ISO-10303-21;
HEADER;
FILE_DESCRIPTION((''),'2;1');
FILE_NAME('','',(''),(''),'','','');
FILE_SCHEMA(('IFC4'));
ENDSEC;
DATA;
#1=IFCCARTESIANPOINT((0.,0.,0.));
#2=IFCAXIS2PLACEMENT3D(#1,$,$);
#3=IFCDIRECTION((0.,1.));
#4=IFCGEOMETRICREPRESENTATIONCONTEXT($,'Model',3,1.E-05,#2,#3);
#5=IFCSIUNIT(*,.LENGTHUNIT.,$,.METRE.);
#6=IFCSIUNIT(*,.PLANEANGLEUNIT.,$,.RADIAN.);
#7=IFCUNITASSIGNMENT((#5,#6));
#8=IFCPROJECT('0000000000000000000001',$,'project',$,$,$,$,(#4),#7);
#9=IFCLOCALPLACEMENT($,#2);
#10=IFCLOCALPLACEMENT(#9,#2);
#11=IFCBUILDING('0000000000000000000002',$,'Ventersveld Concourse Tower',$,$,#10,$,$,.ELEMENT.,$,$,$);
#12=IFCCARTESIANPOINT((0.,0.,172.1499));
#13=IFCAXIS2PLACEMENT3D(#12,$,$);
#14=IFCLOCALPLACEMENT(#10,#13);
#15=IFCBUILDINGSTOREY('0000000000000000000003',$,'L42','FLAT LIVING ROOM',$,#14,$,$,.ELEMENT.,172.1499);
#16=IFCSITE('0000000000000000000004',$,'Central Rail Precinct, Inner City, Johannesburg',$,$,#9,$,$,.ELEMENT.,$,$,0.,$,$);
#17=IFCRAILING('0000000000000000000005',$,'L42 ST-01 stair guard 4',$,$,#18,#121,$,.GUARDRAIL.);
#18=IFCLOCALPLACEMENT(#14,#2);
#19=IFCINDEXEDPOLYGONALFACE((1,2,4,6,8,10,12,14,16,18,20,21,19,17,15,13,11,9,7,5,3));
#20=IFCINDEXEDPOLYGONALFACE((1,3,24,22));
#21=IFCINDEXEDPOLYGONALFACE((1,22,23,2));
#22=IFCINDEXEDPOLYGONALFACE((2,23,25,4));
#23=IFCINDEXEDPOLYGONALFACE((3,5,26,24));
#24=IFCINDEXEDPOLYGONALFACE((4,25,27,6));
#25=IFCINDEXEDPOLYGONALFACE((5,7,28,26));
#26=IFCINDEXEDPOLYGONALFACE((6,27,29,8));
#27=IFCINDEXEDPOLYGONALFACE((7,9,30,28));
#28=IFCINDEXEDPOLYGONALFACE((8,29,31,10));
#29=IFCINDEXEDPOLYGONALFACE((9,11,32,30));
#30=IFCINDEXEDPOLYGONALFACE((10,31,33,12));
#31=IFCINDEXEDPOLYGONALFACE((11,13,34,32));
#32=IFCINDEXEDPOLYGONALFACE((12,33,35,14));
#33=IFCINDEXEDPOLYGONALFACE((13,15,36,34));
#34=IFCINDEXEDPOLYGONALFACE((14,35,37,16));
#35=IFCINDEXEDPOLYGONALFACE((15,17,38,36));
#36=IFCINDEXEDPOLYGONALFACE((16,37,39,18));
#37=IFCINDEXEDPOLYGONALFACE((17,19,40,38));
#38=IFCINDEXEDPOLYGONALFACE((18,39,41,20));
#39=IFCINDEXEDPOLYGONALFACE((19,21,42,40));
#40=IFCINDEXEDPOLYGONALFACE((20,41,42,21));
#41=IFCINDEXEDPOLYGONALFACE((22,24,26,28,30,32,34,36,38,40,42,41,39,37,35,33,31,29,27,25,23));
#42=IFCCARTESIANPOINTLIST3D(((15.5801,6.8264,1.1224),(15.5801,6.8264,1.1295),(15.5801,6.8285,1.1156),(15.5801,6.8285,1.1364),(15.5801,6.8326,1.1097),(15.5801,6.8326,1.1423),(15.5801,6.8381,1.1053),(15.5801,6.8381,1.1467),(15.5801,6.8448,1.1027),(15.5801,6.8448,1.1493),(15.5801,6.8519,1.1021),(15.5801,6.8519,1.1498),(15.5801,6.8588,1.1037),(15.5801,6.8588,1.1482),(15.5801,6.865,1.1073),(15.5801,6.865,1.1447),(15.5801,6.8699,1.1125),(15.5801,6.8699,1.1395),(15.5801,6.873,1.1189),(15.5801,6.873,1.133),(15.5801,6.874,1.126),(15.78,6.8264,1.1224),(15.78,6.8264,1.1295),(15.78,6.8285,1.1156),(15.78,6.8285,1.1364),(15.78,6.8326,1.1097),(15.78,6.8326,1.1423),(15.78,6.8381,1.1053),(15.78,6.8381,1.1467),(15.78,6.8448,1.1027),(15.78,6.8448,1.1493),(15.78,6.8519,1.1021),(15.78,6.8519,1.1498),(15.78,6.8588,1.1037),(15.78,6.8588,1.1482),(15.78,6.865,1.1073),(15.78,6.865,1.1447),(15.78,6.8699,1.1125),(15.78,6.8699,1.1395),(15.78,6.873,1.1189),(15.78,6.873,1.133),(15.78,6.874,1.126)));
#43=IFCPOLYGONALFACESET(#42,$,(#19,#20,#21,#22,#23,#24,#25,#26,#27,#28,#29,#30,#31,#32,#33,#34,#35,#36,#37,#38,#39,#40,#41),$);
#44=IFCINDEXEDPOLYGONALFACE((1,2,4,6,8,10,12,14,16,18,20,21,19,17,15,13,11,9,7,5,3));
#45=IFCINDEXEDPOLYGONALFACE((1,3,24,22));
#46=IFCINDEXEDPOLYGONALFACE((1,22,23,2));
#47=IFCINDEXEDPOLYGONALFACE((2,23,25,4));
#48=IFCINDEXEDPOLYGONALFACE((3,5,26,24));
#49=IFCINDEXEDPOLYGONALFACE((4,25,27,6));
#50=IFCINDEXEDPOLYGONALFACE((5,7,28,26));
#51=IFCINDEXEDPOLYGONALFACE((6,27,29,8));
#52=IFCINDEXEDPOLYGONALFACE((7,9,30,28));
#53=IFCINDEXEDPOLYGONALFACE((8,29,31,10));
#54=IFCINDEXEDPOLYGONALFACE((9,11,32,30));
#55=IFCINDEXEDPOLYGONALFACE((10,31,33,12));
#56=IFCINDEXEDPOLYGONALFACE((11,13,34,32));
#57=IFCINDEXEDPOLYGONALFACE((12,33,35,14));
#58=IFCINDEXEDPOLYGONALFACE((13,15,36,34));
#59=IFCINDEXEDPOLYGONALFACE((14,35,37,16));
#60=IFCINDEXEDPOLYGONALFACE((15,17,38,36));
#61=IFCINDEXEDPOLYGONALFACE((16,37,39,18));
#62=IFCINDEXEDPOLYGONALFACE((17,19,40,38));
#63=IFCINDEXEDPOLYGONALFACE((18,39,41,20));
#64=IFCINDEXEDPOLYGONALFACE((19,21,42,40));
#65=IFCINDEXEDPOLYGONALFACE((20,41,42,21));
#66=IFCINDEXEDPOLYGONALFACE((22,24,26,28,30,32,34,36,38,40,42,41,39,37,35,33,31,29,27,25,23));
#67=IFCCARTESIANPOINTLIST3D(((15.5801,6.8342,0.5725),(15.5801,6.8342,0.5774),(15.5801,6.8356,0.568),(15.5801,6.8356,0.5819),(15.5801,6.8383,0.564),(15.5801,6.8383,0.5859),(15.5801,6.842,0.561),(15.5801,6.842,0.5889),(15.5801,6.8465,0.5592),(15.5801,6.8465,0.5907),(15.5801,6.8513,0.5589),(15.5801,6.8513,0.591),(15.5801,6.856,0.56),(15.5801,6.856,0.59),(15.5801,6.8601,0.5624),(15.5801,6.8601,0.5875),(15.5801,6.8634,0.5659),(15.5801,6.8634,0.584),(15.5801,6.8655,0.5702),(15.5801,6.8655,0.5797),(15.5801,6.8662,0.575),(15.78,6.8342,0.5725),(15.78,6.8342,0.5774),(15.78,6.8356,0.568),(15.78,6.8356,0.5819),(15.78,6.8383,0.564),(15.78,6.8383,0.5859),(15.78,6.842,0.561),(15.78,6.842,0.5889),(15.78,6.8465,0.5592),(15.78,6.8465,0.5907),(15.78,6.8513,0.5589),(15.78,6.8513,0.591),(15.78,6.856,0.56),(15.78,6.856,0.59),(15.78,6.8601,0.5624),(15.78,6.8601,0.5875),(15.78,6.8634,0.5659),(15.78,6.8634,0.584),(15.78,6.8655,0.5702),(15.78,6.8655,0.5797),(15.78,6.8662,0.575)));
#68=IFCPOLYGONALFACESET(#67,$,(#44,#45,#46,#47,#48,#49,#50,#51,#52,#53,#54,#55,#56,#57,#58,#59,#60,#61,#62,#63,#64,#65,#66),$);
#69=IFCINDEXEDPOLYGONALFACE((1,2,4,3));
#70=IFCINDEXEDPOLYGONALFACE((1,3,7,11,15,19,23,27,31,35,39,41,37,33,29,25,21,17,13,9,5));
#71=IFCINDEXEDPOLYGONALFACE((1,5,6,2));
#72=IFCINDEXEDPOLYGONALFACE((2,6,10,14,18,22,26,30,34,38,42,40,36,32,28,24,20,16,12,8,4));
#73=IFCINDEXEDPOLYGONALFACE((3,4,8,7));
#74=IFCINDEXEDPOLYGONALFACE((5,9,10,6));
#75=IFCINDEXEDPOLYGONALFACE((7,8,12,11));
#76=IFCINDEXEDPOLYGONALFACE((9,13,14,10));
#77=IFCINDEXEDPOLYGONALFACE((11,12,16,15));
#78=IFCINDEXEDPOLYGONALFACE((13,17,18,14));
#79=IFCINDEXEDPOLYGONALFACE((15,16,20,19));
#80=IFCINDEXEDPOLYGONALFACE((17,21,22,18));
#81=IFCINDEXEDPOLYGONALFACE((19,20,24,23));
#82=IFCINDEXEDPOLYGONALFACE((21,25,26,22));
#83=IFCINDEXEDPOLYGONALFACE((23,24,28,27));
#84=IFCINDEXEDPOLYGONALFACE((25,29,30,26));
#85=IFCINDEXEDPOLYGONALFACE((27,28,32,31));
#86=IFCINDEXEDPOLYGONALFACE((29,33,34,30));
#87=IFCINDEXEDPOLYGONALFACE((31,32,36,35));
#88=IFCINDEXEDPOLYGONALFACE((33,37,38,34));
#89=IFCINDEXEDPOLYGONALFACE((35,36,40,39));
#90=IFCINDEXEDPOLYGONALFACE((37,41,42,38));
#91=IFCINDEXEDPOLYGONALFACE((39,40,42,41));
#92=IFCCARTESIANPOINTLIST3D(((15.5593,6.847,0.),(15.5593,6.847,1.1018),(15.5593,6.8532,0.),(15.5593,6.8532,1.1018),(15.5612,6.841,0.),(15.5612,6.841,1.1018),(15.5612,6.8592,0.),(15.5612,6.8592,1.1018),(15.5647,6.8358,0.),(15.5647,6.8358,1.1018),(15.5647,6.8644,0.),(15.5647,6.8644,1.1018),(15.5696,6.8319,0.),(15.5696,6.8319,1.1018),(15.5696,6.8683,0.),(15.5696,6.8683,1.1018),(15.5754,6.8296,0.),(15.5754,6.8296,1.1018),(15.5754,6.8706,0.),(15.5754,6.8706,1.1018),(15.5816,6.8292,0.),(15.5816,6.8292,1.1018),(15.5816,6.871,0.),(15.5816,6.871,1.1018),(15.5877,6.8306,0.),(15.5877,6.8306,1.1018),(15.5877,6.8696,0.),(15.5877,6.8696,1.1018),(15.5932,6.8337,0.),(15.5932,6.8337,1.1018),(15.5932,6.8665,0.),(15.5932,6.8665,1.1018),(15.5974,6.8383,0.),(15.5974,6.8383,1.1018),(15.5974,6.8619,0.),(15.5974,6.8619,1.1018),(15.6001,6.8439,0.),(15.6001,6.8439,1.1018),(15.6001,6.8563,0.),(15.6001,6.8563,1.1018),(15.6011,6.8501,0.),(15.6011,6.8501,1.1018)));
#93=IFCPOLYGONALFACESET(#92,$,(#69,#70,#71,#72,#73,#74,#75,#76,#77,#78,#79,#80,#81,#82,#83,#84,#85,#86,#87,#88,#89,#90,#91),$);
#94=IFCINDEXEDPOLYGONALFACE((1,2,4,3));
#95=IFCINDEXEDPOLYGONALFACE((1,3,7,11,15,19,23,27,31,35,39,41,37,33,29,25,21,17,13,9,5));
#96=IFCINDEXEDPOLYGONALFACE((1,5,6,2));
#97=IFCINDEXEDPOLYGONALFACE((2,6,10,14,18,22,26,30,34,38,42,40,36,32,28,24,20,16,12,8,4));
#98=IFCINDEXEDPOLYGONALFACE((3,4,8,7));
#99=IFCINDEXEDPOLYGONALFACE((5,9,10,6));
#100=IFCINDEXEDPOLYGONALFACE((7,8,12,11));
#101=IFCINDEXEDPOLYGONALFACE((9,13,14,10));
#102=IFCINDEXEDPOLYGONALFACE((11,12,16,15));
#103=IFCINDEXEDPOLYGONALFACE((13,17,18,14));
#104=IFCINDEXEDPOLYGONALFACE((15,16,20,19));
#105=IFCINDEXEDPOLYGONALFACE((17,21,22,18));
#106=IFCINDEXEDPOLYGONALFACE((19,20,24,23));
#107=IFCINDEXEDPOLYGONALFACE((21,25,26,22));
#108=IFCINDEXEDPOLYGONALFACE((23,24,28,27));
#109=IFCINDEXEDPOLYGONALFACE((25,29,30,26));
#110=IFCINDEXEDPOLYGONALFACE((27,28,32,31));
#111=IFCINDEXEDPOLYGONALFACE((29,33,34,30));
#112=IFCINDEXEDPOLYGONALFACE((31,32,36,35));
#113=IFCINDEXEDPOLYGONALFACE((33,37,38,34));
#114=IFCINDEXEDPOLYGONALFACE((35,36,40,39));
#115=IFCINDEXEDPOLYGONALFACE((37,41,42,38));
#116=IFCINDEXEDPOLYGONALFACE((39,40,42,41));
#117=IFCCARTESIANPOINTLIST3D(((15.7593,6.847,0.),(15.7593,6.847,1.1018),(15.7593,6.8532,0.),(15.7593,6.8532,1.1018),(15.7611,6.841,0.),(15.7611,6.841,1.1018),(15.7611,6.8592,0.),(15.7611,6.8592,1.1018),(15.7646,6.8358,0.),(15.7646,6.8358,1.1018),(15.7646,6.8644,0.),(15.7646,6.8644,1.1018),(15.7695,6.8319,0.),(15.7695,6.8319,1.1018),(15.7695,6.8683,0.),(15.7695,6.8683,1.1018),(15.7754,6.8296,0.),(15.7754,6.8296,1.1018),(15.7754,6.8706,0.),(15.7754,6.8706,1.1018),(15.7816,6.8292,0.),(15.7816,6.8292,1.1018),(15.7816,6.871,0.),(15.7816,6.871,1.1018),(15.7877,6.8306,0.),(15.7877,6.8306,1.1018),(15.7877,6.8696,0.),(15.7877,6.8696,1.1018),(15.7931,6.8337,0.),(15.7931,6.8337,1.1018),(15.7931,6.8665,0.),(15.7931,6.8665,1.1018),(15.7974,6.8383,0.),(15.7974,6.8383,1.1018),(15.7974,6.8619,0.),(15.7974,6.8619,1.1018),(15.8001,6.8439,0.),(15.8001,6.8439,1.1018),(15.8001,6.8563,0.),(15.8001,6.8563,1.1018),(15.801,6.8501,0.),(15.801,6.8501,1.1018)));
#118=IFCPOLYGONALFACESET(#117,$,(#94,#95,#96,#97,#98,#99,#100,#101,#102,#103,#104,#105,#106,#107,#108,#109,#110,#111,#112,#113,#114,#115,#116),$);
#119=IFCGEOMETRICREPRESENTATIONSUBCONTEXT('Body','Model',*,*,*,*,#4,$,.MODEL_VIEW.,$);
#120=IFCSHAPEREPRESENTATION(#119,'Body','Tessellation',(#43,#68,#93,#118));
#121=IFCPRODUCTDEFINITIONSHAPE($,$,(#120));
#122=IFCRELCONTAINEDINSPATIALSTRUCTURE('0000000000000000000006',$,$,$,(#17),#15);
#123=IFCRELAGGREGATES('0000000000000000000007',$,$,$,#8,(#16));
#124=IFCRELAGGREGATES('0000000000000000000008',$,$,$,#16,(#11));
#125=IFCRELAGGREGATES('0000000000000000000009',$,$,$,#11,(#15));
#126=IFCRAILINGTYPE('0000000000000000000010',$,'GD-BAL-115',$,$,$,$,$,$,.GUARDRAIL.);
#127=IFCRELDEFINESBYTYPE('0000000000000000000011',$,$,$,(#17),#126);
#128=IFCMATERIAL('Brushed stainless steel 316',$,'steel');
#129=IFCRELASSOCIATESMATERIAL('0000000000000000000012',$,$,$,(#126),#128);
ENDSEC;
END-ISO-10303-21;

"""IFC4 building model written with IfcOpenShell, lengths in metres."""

from ifc_helpers import new_model, si_unit, direction, frame, origin, origin_2d, place, context, subcontext, project, spatial, circle, extrude, material, type_object, element, save


model = new_model("IFC4")

# Units and contexts
model_context = context("Model", 3, precision=1e-05, world=origin(), true_north=direction((0.0, 1.0)))
body_context = subcontext(model_context, "Body", "Model", "MODEL_VIEW")
ifc_project = project(units=[si_unit("LENGTHUNIT", "METRE"), si_unit("PLANEANGLEUNIT", "RADIAN")], contexts=[model_context])

# Site, building, storey
site_placement = place(None, origin())
site = spatial("IfcSite", under=ifc_project, at=site_placement, Name="Central Rail Precinct, Inner City, Johannesburg", CompositionType="ELEMENT", RefElevation=0.0)
building_placement = place(site_placement, origin())
building = spatial("IfcBuilding", under=site, at=building_placement, Name="Ventersveld Concourse Tower", CompositionType="ELEMENT")
storey_placement = place(building_placement, frame((0.0, 0.0, 172.1499)))
storey = spatial("IfcBuildingStorey", under=building, at=storey_placement, Name="L42", Description="FLAT LIVING ROOM", CompositionType="ELEMENT", Elevation=172.1499)

# Shared definitions
ifc_material_1 = material(Name="Brushed stainless steel 316", Category="steel")

# Railing
railing_type = type_object("IfcRailingType", Name="GD-BAL-115", PredefinedType="GUARDRAIL", material=ifc_material_1)
railing_1_placement = place(storey_placement, frame((15.5801, 6.8501, 0.0)))
element("IfcRailing", 1, at=railing_1_placement, inside=storey, type_object=railing_type, Name="L42 ST-01 stair guard 4", PredefinedType="GUARDRAIL", context=body_context, shape_type="SweptSolid", body=[
    extrude(circle(Radius=0.0239, at=origin_2d()), frame((0.0, 0.0, 1.126), z_axis=(1.0, 0.0, 0.0), x_axis=(0.0, 1.0, 0.0)), (0.0, 0.0, 1.0), 0.2),
    extrude(circle(Radius=0.0161, at=origin_2d()), frame((0.0, 0.0, 0.575), z_axis=(1.0, 0.0, 0.0), x_axis=(0.0, 1.0, 0.0)), (0.0, 0.0, 1.0), 0.2),
    extrude(circle(Radius=0.021, at=origin_2d()), origin(), (0.0, 0.0, 1.0), 1.1018),
    extrude(circle(Radius=0.021, at=origin_2d()), frame((0.2, 0.0, 0.0)), (0.0, 0.0, 1.0), 1.1018),
])

save(model, "model.ifc")
